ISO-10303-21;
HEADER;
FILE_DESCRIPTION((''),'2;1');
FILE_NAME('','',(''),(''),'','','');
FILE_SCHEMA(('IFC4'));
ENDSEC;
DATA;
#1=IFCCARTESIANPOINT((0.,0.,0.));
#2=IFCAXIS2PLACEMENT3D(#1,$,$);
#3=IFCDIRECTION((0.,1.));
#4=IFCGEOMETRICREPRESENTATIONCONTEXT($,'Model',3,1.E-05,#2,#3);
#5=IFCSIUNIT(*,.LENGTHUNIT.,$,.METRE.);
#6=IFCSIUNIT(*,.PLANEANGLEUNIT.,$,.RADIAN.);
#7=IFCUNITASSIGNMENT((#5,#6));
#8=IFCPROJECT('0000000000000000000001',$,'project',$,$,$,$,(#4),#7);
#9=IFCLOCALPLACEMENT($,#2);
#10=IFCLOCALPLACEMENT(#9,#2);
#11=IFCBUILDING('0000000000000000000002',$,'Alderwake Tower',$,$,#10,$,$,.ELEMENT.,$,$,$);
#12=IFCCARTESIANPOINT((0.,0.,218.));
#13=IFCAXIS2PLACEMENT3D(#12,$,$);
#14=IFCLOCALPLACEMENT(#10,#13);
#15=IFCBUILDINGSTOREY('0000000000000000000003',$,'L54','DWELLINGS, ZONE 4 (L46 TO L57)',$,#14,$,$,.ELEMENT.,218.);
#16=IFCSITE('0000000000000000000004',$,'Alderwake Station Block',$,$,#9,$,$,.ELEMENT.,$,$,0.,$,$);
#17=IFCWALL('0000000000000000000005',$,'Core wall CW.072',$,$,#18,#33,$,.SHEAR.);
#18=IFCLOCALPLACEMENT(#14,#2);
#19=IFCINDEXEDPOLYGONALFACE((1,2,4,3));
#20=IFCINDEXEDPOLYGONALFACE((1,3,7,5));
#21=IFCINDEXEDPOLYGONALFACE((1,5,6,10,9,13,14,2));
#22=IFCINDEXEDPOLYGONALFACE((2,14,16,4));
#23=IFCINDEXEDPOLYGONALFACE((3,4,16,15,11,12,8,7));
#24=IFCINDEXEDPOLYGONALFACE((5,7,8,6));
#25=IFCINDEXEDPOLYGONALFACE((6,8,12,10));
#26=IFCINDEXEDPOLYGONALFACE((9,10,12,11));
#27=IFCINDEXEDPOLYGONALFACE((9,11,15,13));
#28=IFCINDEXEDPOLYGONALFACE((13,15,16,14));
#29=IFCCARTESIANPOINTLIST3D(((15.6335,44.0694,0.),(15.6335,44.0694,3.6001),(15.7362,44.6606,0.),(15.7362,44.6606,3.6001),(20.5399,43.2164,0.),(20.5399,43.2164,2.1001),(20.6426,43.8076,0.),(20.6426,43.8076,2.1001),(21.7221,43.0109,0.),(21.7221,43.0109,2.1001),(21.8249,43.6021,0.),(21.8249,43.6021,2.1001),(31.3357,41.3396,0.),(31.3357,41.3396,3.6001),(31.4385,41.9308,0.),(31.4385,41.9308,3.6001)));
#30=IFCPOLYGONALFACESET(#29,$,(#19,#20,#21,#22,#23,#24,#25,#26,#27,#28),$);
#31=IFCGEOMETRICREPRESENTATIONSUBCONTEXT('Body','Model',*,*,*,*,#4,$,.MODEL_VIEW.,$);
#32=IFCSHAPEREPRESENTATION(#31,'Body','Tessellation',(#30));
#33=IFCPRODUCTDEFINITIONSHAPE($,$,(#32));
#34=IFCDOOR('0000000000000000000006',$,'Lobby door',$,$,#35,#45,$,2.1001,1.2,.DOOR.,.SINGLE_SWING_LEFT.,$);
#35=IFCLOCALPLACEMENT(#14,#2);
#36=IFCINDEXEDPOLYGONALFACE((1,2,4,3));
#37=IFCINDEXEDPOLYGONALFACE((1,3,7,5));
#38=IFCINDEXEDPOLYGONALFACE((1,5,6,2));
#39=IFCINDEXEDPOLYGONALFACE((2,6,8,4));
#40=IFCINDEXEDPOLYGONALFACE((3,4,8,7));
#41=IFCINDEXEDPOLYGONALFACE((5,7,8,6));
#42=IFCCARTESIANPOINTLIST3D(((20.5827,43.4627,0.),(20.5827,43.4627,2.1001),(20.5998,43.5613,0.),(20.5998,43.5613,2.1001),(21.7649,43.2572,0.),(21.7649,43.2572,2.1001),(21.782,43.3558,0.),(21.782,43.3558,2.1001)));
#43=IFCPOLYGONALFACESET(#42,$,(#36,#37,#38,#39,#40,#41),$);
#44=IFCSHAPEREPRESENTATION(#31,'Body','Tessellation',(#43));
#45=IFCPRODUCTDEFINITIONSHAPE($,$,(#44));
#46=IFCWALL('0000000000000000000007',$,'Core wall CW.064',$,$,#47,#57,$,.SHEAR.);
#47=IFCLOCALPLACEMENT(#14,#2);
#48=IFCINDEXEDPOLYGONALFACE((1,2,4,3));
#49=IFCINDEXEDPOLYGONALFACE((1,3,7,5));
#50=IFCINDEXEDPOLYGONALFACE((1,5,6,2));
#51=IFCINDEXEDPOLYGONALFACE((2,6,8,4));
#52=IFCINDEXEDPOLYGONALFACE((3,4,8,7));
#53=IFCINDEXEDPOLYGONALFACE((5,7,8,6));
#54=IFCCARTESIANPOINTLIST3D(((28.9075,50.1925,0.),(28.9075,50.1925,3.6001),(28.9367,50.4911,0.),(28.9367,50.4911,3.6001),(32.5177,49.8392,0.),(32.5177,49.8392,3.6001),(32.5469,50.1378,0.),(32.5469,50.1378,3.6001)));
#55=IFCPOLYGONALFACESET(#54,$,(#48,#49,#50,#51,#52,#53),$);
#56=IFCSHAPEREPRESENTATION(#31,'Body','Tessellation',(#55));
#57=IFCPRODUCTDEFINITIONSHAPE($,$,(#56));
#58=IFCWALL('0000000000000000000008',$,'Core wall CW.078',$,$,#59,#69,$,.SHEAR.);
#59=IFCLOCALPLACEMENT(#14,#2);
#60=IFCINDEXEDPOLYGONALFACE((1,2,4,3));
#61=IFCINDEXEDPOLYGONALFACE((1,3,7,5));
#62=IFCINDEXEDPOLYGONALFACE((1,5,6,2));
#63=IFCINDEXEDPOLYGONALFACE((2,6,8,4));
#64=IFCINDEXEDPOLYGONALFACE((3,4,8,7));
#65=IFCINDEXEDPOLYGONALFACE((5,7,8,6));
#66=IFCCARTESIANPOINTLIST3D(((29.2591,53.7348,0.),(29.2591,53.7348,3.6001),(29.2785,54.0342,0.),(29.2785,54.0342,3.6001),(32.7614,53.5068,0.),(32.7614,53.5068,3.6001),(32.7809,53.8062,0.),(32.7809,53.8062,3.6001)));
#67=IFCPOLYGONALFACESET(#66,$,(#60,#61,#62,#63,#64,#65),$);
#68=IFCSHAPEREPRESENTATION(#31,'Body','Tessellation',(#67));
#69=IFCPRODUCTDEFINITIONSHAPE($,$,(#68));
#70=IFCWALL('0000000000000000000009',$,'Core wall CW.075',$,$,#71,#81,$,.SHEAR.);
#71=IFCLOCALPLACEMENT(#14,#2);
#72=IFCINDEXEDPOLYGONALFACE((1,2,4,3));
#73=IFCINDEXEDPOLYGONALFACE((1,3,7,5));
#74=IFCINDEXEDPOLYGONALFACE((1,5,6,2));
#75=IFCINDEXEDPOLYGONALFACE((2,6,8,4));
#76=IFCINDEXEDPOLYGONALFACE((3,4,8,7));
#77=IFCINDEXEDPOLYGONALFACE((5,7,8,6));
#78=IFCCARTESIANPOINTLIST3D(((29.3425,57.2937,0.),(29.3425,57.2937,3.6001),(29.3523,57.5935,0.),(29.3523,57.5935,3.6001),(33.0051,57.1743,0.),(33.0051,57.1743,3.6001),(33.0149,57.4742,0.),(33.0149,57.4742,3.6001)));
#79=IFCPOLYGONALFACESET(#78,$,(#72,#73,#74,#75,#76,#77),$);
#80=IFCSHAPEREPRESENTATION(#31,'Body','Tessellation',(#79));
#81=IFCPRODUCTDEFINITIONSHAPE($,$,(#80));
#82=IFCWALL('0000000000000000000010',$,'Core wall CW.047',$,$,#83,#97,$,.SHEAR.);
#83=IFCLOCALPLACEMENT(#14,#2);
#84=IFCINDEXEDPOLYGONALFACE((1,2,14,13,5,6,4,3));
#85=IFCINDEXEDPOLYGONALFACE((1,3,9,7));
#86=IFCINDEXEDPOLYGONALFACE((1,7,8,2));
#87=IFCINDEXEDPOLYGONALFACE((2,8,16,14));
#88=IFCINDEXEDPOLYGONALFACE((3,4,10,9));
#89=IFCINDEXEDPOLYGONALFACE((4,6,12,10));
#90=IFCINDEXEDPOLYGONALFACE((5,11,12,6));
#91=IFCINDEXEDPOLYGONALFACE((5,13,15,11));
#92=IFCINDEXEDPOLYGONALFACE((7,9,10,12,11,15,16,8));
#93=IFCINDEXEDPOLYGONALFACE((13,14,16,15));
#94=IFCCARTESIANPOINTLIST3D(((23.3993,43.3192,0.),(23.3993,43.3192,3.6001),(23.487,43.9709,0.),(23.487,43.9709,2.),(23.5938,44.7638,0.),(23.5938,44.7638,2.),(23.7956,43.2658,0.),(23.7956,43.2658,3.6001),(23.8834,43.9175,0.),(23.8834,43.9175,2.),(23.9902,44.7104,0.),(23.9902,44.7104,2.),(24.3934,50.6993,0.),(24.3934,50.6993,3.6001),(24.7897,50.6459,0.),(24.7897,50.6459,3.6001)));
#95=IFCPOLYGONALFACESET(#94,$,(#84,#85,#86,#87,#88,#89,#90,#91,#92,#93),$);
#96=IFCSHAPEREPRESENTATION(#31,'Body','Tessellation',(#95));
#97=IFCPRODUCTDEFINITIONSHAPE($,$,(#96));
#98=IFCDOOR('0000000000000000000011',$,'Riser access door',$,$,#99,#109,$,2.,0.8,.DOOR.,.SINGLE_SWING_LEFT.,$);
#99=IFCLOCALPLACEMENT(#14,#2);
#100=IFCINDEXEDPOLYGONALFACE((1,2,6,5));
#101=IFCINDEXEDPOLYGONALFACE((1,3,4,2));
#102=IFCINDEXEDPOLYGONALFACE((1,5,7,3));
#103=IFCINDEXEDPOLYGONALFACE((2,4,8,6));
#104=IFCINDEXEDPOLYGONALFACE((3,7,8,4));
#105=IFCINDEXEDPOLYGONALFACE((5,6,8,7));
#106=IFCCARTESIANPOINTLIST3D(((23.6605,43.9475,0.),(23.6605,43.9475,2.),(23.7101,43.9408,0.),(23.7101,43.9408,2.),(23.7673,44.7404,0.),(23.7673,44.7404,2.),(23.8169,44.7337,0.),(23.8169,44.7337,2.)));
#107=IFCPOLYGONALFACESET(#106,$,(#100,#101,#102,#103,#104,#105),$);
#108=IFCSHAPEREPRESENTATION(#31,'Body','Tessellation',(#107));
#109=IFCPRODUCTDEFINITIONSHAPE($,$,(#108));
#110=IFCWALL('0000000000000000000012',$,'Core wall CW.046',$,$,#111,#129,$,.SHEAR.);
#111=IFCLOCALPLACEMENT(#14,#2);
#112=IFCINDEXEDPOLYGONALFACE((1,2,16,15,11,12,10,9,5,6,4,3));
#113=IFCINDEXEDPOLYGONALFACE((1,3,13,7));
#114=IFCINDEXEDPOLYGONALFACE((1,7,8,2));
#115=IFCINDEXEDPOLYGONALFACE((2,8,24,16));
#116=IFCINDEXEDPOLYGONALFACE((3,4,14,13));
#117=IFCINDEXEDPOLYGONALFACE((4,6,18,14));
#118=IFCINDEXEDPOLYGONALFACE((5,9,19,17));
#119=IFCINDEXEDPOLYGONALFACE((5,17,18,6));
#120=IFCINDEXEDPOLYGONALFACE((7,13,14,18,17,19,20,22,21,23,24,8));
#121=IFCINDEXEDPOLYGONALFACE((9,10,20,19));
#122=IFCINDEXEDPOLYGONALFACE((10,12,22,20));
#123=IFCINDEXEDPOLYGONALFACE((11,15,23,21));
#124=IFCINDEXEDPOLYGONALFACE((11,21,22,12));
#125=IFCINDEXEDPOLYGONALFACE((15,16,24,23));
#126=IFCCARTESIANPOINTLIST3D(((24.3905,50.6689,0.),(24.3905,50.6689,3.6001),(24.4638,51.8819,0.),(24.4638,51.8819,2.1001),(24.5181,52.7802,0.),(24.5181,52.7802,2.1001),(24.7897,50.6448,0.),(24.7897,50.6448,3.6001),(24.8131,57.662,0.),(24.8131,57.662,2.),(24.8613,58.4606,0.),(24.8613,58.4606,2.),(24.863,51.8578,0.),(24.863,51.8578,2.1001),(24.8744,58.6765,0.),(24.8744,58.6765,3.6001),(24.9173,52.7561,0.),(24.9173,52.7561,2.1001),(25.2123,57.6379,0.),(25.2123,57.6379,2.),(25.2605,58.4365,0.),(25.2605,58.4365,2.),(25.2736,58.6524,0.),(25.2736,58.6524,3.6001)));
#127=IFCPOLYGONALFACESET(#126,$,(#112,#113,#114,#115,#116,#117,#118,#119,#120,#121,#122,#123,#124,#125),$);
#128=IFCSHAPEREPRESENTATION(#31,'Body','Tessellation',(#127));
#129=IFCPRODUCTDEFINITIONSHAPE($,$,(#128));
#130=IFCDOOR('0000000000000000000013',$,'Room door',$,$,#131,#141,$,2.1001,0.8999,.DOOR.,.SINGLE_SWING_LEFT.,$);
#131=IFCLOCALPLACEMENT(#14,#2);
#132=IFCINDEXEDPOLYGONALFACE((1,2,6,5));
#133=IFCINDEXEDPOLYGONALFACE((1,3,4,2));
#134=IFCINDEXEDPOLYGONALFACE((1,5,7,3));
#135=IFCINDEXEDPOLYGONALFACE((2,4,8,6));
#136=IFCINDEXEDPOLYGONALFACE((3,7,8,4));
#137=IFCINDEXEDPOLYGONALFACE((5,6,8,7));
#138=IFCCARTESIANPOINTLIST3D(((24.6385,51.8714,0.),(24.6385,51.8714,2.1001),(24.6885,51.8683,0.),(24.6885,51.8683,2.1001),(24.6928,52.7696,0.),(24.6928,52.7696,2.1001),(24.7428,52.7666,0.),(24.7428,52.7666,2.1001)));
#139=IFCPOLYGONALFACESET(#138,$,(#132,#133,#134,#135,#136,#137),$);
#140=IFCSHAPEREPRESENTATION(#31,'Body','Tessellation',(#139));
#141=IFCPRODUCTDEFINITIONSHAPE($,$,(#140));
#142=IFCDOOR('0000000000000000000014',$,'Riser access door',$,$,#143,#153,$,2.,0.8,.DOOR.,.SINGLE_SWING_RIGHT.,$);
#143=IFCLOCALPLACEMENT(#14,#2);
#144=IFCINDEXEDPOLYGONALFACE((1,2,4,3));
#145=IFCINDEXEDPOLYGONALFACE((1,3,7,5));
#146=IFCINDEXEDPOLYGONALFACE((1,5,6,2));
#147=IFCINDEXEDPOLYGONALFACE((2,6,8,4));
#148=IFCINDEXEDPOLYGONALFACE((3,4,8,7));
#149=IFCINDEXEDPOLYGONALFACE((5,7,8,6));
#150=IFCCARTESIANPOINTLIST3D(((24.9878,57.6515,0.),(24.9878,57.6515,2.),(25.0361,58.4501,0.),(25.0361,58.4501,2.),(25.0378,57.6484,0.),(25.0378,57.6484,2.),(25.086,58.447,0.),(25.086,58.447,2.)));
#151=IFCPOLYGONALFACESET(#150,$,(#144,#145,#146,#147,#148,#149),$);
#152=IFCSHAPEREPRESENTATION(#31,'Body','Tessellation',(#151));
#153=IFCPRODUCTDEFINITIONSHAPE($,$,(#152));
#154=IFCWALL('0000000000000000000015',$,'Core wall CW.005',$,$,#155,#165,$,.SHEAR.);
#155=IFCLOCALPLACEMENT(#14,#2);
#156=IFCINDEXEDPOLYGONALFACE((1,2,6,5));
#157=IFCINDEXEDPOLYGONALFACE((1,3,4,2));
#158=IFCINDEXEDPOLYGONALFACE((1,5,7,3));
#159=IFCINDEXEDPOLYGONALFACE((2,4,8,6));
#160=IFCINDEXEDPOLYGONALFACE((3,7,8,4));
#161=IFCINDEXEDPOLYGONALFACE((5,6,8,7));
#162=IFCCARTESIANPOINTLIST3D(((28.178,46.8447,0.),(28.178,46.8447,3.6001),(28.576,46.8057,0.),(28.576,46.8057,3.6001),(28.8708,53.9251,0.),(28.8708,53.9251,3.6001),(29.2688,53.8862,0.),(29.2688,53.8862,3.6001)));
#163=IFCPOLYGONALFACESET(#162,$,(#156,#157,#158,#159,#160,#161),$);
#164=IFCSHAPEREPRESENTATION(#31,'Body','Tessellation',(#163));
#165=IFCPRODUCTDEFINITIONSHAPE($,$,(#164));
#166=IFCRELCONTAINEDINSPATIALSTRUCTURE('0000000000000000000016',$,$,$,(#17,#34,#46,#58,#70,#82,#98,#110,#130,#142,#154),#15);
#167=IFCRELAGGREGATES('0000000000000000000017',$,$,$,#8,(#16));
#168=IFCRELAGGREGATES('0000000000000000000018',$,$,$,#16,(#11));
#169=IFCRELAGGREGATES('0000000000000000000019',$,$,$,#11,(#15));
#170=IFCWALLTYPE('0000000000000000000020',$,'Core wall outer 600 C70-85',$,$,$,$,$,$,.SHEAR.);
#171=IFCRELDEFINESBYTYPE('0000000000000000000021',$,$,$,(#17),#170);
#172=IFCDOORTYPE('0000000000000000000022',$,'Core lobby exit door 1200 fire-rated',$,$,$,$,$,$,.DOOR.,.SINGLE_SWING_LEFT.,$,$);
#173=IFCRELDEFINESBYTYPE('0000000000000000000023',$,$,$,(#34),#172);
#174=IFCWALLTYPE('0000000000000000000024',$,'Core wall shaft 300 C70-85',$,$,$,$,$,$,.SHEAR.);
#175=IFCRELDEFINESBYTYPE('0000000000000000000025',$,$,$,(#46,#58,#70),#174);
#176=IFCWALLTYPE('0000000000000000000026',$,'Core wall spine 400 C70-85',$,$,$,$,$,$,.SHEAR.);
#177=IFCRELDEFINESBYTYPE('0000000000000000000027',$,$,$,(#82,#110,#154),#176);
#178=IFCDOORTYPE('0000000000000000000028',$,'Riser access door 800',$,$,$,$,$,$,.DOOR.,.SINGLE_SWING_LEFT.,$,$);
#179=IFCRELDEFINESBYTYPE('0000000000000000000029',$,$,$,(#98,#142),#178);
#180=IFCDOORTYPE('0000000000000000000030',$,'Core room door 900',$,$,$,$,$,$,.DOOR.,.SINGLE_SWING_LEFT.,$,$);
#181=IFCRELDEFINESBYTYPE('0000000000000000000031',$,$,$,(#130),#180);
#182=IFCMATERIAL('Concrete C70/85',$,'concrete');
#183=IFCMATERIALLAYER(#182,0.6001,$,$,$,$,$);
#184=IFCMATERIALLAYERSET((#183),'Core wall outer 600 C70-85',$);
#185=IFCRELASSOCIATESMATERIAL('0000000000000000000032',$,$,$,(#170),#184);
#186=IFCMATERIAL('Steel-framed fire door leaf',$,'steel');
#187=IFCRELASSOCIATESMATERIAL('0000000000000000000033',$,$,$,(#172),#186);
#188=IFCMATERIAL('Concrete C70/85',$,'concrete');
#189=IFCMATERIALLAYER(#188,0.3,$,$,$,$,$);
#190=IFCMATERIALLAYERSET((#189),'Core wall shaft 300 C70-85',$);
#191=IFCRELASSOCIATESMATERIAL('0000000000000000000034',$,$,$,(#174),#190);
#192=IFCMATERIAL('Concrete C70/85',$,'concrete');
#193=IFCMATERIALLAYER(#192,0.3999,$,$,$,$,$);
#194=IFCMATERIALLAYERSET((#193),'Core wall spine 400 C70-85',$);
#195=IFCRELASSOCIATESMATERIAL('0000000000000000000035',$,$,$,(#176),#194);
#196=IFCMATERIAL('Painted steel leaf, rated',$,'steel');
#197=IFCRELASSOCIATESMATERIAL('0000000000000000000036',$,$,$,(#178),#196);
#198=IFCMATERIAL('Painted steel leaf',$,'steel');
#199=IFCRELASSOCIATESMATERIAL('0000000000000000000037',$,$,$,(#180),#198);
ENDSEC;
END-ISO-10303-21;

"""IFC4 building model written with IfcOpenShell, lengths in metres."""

from ifc_helpers import new_model, si_unit, direction, frame, frame_2d, origin, place, context, subcontext, project, spatial, rectangle, extrude, material, layer, layer_set, type_object, element, fill, save


model = new_model("IFC4")

# Units and contexts
model_context = context("Model", 3, precision=1e-05, world=origin(), true_north=direction((0.0, 1.0)))
body_context = subcontext(model_context, "Body", "Model", "MODEL_VIEW")
ifc_project = project(units=[si_unit("LENGTHUNIT", "METRE"), si_unit("PLANEANGLEUNIT", "RADIAN")], contexts=[model_context])

# Site, building, storey
site_placement = place(None, origin())
site = spatial("IfcSite", under=ifc_project, at=site_placement, Name="Alderwake Station Block", CompositionType="ELEMENT", RefElevation=0.0)
building_placement = place(site_placement, origin())
building = spatial("IfcBuilding", under=site, at=building_placement, Name="Alderwake Tower", CompositionType="ELEMENT")
storey_placement = place(building_placement, frame((0.0, 0.0, 218.0)))
storey = spatial("IfcBuildingStorey", under=building, at=storey_placement, Name="L54", Description="DWELLINGS, ZONE 4 (L46 TO L57)", CompositionType="ELEMENT", Elevation=218.0)

# Shared definitions
ifc_material_1 = material(Name="Concrete C70/85", Category="concrete")
ifc_layer_1 = layer(ifc_material_1, 0.6001)
ifc_layer_set_1 = layer_set([ifc_layer_1], Name="Core wall outer 600 C70-85")
wall_type_1 = type_object("IfcWallType", Name="Core wall outer 600 C70-85", PredefinedType="SHEAR", material=ifc_layer_set_1)

# Wall, opening, door
wall_1_placement = place(storey_placement, frame((31.387, 41.6353, 0.0), z_axis=(0.0, 0.0, 1.0), x_axis=(-0.985223, 0.171276, 0.0)))
wall_1 = element("IfcWall", 1, at=wall_1_placement, inside=storey, type_object=wall_type_1, Name="Core wall CW.072", PredefinedType="SHEAR", context=body_context, shape_type="SweptSolid", body=[
    extrude(rectangle(XDim=15.9377, YDim=0.6001, at=frame_2d((7.9688, 0.0))), origin(), (0.0, 0.0, 1.0), 3.6001),
])
opening_1_placement = place(wall_1_placement, frame((9.7576, 0.0, 0.0)))
opening_1 = element("IfcOpeningElement", 2, at=opening_1_placement, cuts=wall_1, PredefinedType="OPENING", context=body_context, shape_type="SweptSolid", body=[
    extrude(rectangle(XDim=1.2, YDim=2.1001, at=frame_2d((0.6001, 1.05))), frame((0.0, 0.3101, 0.0), z_axis=(0.0, -1.0, 0.0), x_axis=(1.0, 0.0, 0.0)), (0.0, 0.0, 1.0), 0.6201),
])
ifc_material_2 = material(Name="Steel-framed fire door leaf", Category="steel")
door_type_1 = type_object("IfcDoorType", Name="Core lobby exit door 1200 fire-rated", OperationType="SINGLE_SWING_LEFT", PredefinedType="DOOR", material=ifc_material_2)
door_1_placement = place(opening_1_placement, origin())
door_1 = element("IfcDoor", 3, at=door_1_placement, inside=storey, type_object=door_type_1, Name="Lobby door", OperationType="SINGLE_SWING_LEFT", OverallHeight=2.1001, OverallWidth=1.2, PredefinedType="DOOR", context=body_context, shape_type="SweptSolid", body=[
    extrude(rectangle(XDim=1.2, YDim=2.1001, at=frame_2d((0.6001, 1.05))), frame((0.0, 0.05, 0.0), z_axis=(0.0, -1.0, 0.0), x_axis=(1.0, 0.0, 0.0)), (0.0, 0.0, 1.0), 0.1001),
])
fill(opening_1, door_1)

# Walls
ifc_material_3 = material(Name="Concrete C70/85", Category="concrete")
ifc_layer_2 = layer(ifc_material_3, 0.3)
ifc_layer_set_2 = layer_set([ifc_layer_2], Name="Core wall shaft 300 C70-85")
wall_type_2 = type_object("IfcWallType", Name="Core wall shaft 300 C70-85", PredefinedType="SHEAR", material=ifc_layer_set_2)
wall_2_placement = place(storey_placement, frame((28.9221, 50.3418, 0.0), z_axis=(0.0, 0.0, 1.0), x_axis=(0.995246, -0.097391, 0.0)))
element("IfcWall", 4, at=wall_2_placement, inside=storey, type_object=wall_type_2, Name="Core wall CW.064", PredefinedType="SHEAR", context=body_context, shape_type="SweptSolid", body=[
    extrude(rectangle(XDim=3.6274, YDim=0.3, at=frame_2d((1.8137, 0.0))), origin(), (0.0, 0.0, 1.0), 3.6001),
])
wall_3_placement = place(storey_placement, frame((29.2688, 53.8845, 0.0), z_axis=(0.0, 0.0, 1.0), x_axis=(0.997887, -0.064968, 0.0)))
element("IfcWall", 5, at=wall_3_placement, inside=storey, type_object=wall_type_2, Name="Core wall CW.078", PredefinedType="SHEAR", context=body_context, shape_type="SweptSolid", body=[
    extrude(rectangle(XDim=3.5098, YDim=0.3, at=frame_2d((1.7549, 0.0))), origin(), (0.0, 0.0, 1.0), 3.6001),
])
wall_4_placement = place(storey_placement, frame((29.3474, 57.4436, 0.0), z_axis=(0.0, 0.0, 1.0), x_axis=(0.999469, -0.032578, 0.0)))
element("IfcWall", 6, at=wall_4_placement, inside=storey, type_object=wall_type_2, Name="Core wall CW.075", PredefinedType="SHEAR", context=body_context, shape_type="SweptSolid", body=[
    extrude(rectangle(XDim=3.6646, YDim=0.3, at=frame_2d((1.8323, 0.0))), origin(), (0.0, 0.0, 1.0), 3.6001),
])

# Wall, opening, door
ifc_material_4 = material(Name="Concrete C70/85", Category="concrete")
ifc_layer_3 = layer(ifc_material_4, 0.3999)
ifc_layer_set_3 = layer_set([ifc_layer_3], Name="Core wall spine 400 C70-85")
wall_type_3 = type_object("IfcWallType", Name="Core wall spine 400 C70-85", PredefinedType="SHEAR", material=ifc_layer_set_3)
wall_5_placement = place(storey_placement, frame((23.5974, 43.2925, 0.0), z_axis=(0.0, 0.0, 1.0), x_axis=(0.133499, 0.991049, 0.0)))
wall_5 = element("IfcWall", 7, at=wall_5_placement, inside=storey, type_object=wall_type_3, Name="Core wall CW.047", PredefinedType="SHEAR", context=body_context, shape_type="SweptSolid", body=[
    extrude(rectangle(XDim=7.4468, YDim=0.3999, at=frame_2d((3.7234, 0.0))), origin(), (0.0, 0.0, 1.0), 3.6001),
])
opening_2_placement = place(wall_5_placement, frame((0.6577, 0.0, 0.0)))
opening_2 = element("IfcOpeningElement", 8, at=opening_2_placement, cuts=wall_5, PredefinedType="OPENING", context=body_context, shape_type="SweptSolid", body=[
    extrude(rectangle(XDim=0.8, YDim=2.0, at=frame_2d((0.3999, 1.0))), frame((0.0, 0.21, 0.0), z_axis=(0.0, -1.0, 0.0), x_axis=(1.0, 0.0, 0.0)), (0.0, 0.0, 1.0), 0.4199),
])
ifc_material_5 = material(Name="Painted steel leaf, rated", Category="steel")
door_type_2 = type_object("IfcDoorType", Name="Riser access door 800", OperationType="SINGLE_SWING_LEFT", PredefinedType="DOOR", material=ifc_material_5)
door_2_placement = place(opening_2_placement, origin())
door_2 = element("IfcDoor", 9, at=door_2_placement, inside=storey, type_object=door_type_2, Name="Riser access door", OperationType="SINGLE_SWING_LEFT", OverallHeight=2.0, OverallWidth=0.8, PredefinedType="DOOR", context=body_context, shape_type="SweptSolid", body=[
    extrude(rectangle(XDim=0.8, YDim=2.0, at=frame_2d((0.3999, 1.0))), frame((0.0, 0.0249, 0.0), z_axis=(0.0, -1.0, 0.0), x_axis=(1.0, 0.0, 0.0)), (0.0, 0.0, 1.0), 0.05),
])
fill(opening_2, door_2)

# Wall, openings, doors
wall_6_placement = place(storey_placement, frame((24.5901, 50.6567, 0.0), z_axis=(0.0, 0.0, 1.0), x_axis=(0.060319, 0.998179, 0.0)))
wall_6 = element("IfcWall", 10, at=wall_6_placement, inside=storey, type_object=wall_type_3, Name="Core wall CW.046", PredefinedType="SHEAR", context=body_context, shape_type="SweptSolid", body=[
    extrude(rectangle(XDim=8.0222, YDim=0.3999, at=frame_2d((4.0112, 0.0))), origin(), (0.0, 0.0, 1.0), 3.6001),
])
opening_3_placement = place(wall_6_placement, frame((7.0061, 0.0, 0.0)))
opening_3 = element("IfcOpeningElement", 11, at=opening_3_placement, cuts=wall_6, PredefinedType="OPENING", context=body_context, shape_type="SweptSolid", body=[
    extrude(rectangle(XDim=0.8, YDim=2.0, at=frame_2d((0.3999, 1.0))), frame((0.0, 0.21, 0.0), z_axis=(0.0, -1.0, 0.0), x_axis=(1.0, 0.0, 0.0)), (0.0, 0.0, 1.0), 0.4199),
])
opening_4_placement = place(wall_6_placement, frame((1.2153, 0.0, 0.0)))
opening_4 = element("IfcOpeningElement", 12, at=opening_4_placement, cuts=wall_6, PredefinedType="OPENING", context=body_context, shape_type="SweptSolid", body=[
    extrude(rectangle(XDim=0.8999, YDim=2.1001, at=frame_2d((0.45, 1.05))), frame((0.0, 0.21, 0.0), z_axis=(0.0, -1.0, 0.0), x_axis=(1.0, 0.0, 0.0)), (0.0, 0.0, 1.0), 0.4199),
])
ifc_material_6 = material(Name="Painted steel leaf", Category="steel")
door_type_3 = type_object("IfcDoorType", Name="Core room door 900", OperationType="SINGLE_SWING_LEFT", PredefinedType="DOOR", material=ifc_material_6)
door_3_placement = place(opening_4_placement, origin())
door_3 = element("IfcDoor", 13, at=door_3_placement, inside=storey, type_object=door_type_3, Name="Room door", OperationType="SINGLE_SWING_LEFT", OverallHeight=2.1001, OverallWidth=0.8999, PredefinedType="DOOR", context=body_context, shape_type="SweptSolid", body=[
    extrude(rectangle(XDim=0.8999, YDim=2.1001, at=frame_2d((0.45, 1.05))), frame((0.0, 0.0249, 0.0), z_axis=(0.0, -1.0, 0.0), x_axis=(1.0, 0.0, 0.0)), (0.0, 0.0, 1.0), 0.05),
])
fill(opening_4, door_3)
door_4_placement = place(opening_3_placement, origin())
door_4 = element("IfcDoor", 14, at=door_4_placement, inside=storey, type_object=door_type_2, Name="Riser access door", OperationType="SINGLE_SWING_RIGHT", OverallHeight=2.0, OverallWidth=0.8, PredefinedType="DOOR", context=body_context, shape_type="SweptSolid", body=[
    extrude(rectangle(XDim=0.8, YDim=2.0, at=frame_2d((0.3999, 1.0))), frame((0.0, 0.0249, 0.0), z_axis=(0.0, -1.0, 0.0), x_axis=(1.0, 0.0, 0.0)), (0.0, 0.0, 1.0), 0.05),
])
fill(opening_3, door_4)

# Wall
wall_7_placement = place(storey_placement, frame((28.377, 46.8252, 0.0), z_axis=(0.0, 0.0, 1.0), x_axis=(0.097393, 0.995246, 0.0)))
element("IfcWall", 15, at=wall_7_placement, inside=storey, type_object=wall_type_3, Name="Core wall CW.005", PredefinedType="SHEAR", context=body_context, shape_type="SweptSolid", body=[
    extrude(rectangle(XDim=7.1143, YDim=0.3999, at=frame_2d((3.5571, 0.0))), origin(), (0.0, 0.0, 1.0), 3.6001),
])

save(model, "model.ifc")
